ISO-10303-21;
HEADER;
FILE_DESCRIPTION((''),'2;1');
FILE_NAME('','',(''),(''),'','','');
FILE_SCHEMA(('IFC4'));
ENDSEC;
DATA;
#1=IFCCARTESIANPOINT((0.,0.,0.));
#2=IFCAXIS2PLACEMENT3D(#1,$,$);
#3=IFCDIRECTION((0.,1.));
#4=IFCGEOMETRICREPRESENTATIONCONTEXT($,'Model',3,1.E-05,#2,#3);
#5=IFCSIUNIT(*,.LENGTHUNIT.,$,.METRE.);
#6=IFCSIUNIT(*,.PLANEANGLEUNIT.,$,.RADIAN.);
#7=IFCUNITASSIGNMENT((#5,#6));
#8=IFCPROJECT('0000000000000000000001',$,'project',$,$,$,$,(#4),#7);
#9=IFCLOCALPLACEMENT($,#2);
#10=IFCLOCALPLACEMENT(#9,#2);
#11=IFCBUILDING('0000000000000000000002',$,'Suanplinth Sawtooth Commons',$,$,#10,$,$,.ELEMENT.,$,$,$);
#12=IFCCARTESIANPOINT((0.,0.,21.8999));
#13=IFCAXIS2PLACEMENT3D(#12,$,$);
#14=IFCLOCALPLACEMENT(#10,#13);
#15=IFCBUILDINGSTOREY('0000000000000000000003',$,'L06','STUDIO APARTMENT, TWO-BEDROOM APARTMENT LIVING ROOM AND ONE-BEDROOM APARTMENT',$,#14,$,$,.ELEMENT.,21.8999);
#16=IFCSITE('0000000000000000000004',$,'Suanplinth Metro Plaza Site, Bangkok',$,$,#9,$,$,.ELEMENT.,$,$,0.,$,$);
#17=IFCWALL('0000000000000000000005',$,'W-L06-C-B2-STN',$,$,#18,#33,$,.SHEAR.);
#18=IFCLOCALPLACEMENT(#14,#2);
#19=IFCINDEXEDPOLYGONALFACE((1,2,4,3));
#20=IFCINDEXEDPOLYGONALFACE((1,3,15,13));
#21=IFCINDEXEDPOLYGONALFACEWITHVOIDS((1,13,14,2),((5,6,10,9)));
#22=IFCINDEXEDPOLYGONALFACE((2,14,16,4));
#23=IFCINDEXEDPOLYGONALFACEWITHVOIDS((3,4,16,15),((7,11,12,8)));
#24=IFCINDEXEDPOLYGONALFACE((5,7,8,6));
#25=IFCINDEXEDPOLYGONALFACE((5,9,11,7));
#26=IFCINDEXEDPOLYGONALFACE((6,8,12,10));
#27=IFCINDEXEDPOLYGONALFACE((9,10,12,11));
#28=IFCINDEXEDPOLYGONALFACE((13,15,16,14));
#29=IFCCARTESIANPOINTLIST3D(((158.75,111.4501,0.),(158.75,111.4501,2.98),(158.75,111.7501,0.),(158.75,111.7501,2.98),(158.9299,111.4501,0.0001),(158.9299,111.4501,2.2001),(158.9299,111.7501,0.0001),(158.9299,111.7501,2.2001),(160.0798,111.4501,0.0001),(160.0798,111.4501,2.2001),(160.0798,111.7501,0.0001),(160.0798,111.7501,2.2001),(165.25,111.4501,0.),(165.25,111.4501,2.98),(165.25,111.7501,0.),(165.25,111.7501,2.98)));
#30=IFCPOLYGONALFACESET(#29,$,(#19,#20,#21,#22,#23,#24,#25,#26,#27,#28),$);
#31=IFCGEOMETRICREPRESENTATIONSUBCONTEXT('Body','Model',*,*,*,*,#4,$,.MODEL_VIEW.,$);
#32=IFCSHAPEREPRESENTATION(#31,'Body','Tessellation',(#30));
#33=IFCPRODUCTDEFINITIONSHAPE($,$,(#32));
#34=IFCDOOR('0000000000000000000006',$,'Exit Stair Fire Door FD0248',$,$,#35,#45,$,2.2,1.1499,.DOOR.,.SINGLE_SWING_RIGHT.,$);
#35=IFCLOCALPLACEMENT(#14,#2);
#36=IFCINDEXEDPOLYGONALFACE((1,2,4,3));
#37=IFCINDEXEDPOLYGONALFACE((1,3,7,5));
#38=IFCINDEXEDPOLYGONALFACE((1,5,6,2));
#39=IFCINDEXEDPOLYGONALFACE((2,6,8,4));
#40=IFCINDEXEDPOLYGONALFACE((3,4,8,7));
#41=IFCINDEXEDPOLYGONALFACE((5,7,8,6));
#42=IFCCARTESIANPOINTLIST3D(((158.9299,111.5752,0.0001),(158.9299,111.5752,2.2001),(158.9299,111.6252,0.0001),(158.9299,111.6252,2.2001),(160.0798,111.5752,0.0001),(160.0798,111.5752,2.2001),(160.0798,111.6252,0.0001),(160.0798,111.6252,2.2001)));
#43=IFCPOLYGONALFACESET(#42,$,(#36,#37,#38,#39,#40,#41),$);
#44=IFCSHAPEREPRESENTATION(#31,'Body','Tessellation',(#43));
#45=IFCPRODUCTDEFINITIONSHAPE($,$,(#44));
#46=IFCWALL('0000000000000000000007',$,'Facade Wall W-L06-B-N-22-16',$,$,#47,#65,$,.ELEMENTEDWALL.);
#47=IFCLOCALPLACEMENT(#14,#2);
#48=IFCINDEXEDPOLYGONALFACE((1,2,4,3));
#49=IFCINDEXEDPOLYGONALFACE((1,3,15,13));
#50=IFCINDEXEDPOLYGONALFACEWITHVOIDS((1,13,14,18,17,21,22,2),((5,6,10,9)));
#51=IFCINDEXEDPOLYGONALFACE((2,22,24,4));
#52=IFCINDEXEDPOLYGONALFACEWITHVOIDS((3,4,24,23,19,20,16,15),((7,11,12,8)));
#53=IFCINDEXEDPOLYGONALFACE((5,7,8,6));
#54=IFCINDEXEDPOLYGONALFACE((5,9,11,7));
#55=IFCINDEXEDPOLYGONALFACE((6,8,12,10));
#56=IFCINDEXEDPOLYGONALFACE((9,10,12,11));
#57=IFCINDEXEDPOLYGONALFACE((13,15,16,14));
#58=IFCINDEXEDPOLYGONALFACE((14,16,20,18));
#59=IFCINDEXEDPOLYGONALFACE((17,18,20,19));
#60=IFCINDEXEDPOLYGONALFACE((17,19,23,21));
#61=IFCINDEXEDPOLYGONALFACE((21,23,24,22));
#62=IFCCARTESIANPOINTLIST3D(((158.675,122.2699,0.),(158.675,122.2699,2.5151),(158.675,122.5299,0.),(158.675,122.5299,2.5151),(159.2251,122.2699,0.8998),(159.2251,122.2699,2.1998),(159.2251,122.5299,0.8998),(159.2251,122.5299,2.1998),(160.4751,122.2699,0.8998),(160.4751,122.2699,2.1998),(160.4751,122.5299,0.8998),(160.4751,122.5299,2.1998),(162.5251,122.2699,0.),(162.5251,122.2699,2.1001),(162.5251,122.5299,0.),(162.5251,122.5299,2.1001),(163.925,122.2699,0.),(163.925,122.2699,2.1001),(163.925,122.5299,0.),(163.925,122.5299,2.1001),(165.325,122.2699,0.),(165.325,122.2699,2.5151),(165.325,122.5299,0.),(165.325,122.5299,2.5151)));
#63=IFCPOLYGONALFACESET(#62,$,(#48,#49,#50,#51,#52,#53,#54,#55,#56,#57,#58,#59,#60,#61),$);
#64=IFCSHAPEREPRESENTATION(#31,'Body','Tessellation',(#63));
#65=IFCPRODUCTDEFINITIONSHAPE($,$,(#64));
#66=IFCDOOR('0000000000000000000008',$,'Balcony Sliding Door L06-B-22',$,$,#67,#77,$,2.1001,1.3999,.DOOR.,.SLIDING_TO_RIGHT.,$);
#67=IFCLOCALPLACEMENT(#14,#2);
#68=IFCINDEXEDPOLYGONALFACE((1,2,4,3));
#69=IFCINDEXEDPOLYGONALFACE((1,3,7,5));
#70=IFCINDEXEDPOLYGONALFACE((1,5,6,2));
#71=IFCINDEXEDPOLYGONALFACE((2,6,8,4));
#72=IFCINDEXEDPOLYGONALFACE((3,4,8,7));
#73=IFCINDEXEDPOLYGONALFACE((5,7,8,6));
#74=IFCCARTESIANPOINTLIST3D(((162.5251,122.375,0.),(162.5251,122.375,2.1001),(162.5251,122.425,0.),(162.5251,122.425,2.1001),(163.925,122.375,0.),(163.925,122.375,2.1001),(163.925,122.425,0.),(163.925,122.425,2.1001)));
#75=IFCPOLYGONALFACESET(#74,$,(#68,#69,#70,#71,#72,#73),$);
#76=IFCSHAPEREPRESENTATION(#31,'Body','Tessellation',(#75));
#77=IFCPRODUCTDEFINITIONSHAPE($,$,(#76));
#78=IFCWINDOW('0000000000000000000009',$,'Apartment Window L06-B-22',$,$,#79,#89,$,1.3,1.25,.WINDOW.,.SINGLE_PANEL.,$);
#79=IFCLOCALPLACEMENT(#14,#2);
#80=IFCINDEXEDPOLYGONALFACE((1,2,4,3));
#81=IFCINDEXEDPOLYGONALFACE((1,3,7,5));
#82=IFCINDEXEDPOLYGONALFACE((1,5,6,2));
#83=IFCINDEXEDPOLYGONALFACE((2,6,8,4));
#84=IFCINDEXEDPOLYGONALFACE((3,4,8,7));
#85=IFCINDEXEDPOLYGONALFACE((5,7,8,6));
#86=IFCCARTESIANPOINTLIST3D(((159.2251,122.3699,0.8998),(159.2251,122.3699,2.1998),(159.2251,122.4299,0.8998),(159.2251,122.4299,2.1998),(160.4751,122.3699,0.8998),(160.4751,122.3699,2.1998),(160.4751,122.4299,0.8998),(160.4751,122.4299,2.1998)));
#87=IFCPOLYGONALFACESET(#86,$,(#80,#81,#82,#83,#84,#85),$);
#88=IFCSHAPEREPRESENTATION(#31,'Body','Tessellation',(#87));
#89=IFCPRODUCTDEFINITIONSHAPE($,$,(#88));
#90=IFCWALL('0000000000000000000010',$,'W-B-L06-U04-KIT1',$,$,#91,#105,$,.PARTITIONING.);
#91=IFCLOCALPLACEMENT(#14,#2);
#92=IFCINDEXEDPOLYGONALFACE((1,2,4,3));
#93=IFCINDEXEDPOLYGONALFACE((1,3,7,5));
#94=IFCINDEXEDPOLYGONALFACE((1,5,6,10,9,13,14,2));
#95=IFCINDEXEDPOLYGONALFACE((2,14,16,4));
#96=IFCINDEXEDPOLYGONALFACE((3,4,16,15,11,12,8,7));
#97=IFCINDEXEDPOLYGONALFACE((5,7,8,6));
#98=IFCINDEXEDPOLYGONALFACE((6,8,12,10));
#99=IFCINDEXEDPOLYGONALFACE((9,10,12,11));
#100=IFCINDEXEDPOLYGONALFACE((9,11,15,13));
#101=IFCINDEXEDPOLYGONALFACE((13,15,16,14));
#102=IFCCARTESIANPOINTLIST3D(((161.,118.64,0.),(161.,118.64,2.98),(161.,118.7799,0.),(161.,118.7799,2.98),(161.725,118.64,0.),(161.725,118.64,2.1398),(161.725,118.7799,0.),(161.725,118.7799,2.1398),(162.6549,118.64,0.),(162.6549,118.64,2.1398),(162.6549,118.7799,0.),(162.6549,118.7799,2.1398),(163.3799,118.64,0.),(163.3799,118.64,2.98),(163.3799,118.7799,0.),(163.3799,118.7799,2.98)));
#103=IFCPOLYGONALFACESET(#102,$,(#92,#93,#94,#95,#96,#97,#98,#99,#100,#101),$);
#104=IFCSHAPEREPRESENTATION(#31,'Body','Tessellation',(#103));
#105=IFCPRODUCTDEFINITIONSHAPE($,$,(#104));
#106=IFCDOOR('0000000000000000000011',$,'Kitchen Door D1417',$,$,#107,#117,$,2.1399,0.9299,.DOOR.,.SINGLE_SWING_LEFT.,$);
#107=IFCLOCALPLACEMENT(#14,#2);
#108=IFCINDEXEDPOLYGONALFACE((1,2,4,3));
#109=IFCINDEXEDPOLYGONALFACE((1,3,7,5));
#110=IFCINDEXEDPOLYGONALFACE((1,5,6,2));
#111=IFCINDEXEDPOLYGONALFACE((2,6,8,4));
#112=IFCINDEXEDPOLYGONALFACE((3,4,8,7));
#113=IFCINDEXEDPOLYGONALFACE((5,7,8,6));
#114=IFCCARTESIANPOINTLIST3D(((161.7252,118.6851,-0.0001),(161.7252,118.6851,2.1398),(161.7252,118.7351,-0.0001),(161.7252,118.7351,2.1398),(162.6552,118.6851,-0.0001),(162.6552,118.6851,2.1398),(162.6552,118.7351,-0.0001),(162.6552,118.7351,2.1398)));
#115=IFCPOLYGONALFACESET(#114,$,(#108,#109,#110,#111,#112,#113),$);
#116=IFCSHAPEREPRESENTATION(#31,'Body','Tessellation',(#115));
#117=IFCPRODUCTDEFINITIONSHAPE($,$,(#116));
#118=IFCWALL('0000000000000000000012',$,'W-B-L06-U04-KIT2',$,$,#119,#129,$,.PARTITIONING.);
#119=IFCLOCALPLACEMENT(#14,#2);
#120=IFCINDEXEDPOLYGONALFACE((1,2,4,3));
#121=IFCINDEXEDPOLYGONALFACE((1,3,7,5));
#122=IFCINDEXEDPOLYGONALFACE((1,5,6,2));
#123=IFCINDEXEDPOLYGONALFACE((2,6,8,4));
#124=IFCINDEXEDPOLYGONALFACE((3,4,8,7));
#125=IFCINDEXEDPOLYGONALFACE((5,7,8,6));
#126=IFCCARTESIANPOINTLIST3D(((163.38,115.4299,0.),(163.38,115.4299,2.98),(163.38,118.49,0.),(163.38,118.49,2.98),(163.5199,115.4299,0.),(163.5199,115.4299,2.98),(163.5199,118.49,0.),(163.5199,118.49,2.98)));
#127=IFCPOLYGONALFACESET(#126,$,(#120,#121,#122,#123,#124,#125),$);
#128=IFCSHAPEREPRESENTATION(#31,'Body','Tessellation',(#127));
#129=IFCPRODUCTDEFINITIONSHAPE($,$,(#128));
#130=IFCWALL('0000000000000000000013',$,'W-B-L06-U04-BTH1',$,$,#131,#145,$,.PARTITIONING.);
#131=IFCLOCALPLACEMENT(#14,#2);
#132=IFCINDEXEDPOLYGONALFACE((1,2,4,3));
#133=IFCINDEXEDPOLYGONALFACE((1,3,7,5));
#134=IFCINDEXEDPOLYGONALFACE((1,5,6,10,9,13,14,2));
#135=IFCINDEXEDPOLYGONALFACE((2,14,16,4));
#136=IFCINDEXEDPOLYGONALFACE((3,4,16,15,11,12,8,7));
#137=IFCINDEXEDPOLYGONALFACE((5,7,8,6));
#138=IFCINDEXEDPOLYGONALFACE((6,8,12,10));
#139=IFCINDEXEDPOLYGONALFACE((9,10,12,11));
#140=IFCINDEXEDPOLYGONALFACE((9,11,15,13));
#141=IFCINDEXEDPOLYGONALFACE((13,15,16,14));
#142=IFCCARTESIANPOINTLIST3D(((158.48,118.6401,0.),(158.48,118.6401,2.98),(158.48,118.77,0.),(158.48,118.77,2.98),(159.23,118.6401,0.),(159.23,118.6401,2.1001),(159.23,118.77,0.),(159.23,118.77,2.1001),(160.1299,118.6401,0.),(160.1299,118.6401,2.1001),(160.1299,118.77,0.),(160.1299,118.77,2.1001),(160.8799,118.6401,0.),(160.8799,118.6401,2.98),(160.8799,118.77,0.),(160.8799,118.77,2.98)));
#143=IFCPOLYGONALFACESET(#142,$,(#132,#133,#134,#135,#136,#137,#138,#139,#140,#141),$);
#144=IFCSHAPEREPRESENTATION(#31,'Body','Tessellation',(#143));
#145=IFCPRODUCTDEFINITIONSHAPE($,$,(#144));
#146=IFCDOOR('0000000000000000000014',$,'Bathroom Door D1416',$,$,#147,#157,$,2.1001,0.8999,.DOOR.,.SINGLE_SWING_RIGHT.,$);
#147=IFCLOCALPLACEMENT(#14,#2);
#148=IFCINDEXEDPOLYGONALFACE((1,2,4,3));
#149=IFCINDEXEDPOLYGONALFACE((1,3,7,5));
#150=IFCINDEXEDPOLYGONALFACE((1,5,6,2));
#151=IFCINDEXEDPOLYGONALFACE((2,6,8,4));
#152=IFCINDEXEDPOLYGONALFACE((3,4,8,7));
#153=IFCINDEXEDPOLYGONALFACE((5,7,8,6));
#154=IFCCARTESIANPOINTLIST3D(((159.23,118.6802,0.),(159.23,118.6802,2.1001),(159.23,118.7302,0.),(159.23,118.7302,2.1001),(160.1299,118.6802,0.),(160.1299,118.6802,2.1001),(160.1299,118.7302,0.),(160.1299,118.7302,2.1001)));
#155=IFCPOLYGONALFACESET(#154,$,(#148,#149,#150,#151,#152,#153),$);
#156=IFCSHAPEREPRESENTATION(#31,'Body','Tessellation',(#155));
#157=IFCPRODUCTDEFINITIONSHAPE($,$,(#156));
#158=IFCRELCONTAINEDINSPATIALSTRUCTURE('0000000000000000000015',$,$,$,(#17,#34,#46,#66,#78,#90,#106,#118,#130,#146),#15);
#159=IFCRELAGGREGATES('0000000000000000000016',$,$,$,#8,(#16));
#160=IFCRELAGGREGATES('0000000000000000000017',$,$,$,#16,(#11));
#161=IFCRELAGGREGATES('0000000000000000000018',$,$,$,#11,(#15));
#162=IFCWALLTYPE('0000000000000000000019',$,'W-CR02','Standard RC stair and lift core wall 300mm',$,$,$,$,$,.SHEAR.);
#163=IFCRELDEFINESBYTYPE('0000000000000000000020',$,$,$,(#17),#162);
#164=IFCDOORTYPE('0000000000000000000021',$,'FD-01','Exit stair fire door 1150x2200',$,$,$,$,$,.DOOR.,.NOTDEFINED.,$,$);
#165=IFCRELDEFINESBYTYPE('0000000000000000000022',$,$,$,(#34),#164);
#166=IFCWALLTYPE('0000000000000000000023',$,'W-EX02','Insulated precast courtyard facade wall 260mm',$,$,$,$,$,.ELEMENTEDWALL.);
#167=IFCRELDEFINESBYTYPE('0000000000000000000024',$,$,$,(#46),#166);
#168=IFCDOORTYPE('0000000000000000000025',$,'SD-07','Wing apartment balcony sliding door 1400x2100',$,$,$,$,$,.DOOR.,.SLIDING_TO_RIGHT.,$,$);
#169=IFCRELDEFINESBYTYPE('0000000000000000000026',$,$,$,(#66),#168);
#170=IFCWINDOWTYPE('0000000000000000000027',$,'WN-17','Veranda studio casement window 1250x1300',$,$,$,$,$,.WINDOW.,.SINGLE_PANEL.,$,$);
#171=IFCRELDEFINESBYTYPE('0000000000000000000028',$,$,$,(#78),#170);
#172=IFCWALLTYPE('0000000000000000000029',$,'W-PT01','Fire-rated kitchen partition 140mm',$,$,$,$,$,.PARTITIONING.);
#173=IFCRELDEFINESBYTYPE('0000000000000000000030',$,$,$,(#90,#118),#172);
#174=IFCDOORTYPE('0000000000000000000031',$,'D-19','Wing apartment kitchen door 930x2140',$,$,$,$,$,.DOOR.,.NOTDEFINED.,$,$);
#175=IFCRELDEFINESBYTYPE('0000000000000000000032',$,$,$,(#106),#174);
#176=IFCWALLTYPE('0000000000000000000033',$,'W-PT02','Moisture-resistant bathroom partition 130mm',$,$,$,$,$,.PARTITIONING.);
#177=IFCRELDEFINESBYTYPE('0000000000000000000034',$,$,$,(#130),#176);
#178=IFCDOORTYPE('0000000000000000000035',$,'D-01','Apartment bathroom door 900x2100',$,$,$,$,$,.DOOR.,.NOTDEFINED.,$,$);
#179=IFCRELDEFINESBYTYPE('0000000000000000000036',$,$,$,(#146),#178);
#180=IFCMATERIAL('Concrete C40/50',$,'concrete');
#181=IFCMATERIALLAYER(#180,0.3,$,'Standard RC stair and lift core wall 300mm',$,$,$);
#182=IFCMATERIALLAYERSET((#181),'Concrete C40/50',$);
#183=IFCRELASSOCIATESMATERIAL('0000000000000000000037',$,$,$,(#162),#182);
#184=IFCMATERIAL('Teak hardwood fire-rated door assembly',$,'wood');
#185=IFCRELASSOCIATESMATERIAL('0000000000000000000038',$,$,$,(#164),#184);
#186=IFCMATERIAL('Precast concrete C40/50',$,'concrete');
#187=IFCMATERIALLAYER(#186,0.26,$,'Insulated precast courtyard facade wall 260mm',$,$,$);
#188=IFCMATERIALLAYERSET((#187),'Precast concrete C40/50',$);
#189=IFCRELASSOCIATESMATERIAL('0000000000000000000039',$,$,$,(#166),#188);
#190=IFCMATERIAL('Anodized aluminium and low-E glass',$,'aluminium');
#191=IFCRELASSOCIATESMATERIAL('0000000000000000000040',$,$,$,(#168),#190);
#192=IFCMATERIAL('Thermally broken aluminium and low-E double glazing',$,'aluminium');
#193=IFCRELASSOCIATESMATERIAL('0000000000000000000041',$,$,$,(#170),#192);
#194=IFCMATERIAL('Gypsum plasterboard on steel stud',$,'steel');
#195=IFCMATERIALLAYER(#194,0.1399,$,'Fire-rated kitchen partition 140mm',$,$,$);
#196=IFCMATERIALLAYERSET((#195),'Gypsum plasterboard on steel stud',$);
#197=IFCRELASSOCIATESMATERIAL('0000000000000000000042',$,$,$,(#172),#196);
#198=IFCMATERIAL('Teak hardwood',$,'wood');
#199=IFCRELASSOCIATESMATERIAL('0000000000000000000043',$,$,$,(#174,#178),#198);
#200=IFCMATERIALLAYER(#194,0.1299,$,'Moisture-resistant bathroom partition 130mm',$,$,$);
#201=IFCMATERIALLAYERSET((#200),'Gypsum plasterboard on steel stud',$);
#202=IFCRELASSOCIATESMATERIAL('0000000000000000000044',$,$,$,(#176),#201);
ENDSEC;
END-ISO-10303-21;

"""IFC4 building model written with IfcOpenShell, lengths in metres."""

from ifc_helpers import new_model, si_unit, direction, frame, frame_2d, origin, place, context, subcontext, project, spatial, rectangle, extrude, material, layer, layer_set, type_object, element, fill, save


model = new_model("IFC4")

# Units and contexts
model_context = context("Model", 3, precision=1e-05, world=origin(), true_north=direction((0.0, 1.0)))
body_context = subcontext(model_context, "Body", "Model", "MODEL_VIEW")
ifc_project = project(units=[si_unit("LENGTHUNIT", "METRE"), si_unit("PLANEANGLEUNIT", "RADIAN")], contexts=[model_context])

# Site, building, storey
site_placement = place(None, origin())
site = spatial("IfcSite", under=ifc_project, at=site_placement, Name="Suanplinth Metro Plaza Site, Bangkok", CompositionType="ELEMENT", RefElevation=0.0)
building_placement = place(site_placement, origin())
building = spatial("IfcBuilding", under=site, at=building_placement, Name="Suanplinth Sawtooth Commons", CompositionType="ELEMENT")
storey_placement = place(building_placement, frame((0.0, 0.0, 21.8999)))
storey = spatial("IfcBuildingStorey", under=building, at=storey_placement, Name="L06", Description="STUDIO APARTMENT, TWO-BEDROOM APARTMENT LIVING ROOM AND ONE-BEDROOM APARTMENT", CompositionType="ELEMENT", Elevation=21.8999)

# Shared definitions
ifc_material_1 = material(Name="Precast concrete C40/50", Category="concrete")

# Wall, opening, door
ifc_material_2 = material(Name="Concrete C40/50", Category="concrete")
ifc_layer_1 = layer(ifc_material_2, 0.3, Name="Standard RC stair and lift core wall 300mm")
ifc_layer_set_1 = layer_set([ifc_layer_1], Name="Concrete C40/50")
wall_type_1 = type_object("IfcWallType", Name="W-CR02", Description="Standard RC stair and lift core wall 300mm", PredefinedType="SHEAR", material=ifc_layer_set_1)
wall_1_placement = place(storey_placement, frame((158.75, 111.6001, 0.0), z_axis=(0.0, 0.0, 1.0), x_axis=(1.0, 0.0, 0.0)))
wall_1 = element("IfcWall", 1, at=wall_1_placement, inside=storey, type_object=wall_type_1, Name="W-L06-C-B2-STN", PredefinedType="SHEAR", context=body_context, shape_type="SweptSolid", body=[
    extrude(rectangle(XDim=6.5, YDim=0.3, at=frame_2d((3.25, 0.0))), origin(), (0.0, 0.0, 1.0), 2.98),
])
opening_1_placement = place(wall_1_placement, frame((0.1799, 0.0, 0.0)))
opening_1 = element("IfcOpeningElement", 2, at=opening_1_placement, cuts=wall_1, PredefinedType="OPENING", context=body_context, shape_type="SweptSolid", body=[
    extrude(rectangle(XDim=1.1499, YDim=2.2, at=frame_2d((0.575, 1.1001))), frame((0.0, 0.165, 0.0), z_axis=(0.0, -1.0, 0.0), x_axis=(1.0, 0.0, 0.0)), (0.0, 0.0, 1.0), 0.3298),
])
ifc_material_3 = material(Name="Teak hardwood fire-rated door assembly", Category="wood")
door_type_1 = type_object("IfcDoorType", Name="FD-01", Description="Exit stair fire door 1150x2200", OperationType="NOTDEFINED", PredefinedType="DOOR", material=ifc_material_3)
door_1_placement = place(opening_1_placement, frame((1.1499, 0.0, 0.0), z_axis=(0.0, 0.0, 1.0), x_axis=(-1.0, 0.0, 0.0)))
door_1 = element("IfcDoor", 3, at=door_1_placement, inside=storey, type_object=door_type_1, Name="Exit Stair Fire Door FD0248", OperationType="SINGLE_SWING_RIGHT", OverallHeight=2.2, OverallWidth=1.1499, PredefinedType="DOOR", context=body_context, shape_type="SweptSolid", body=[
    extrude(rectangle(XDim=1.1499, YDim=2.2, at=frame_2d((0.575, 1.1001))), frame((0.0, 0.0249, 0.0), z_axis=(0.0, -1.0, 0.0), x_axis=(1.0, 0.0, 0.0)), (0.0, 0.0, 1.0), 0.05),
])
fill(opening_1, door_1)

# Wall, openings, door, window
ifc_layer_2 = layer(ifc_material_1, 0.26, Name="Insulated precast courtyard facade wall 260mm")
ifc_layer_set_2 = layer_set([ifc_layer_2], Name="Precast concrete C40/50")
wall_type_2 = type_object("IfcWallType", Name="W-EX02", Description="Insulated precast courtyard facade wall 260mm", PredefinedType="ELEMENTEDWALL", material=ifc_layer_set_2)
wall_2_placement = place(storey_placement, frame((158.675, 122.3999, 0.0), z_axis=(0.0, 0.0, 1.0), x_axis=(1.0, 0.0, 0.0)))
wall_2 = element("IfcWall", 4, at=wall_2_placement, inside=storey, type_object=wall_type_2, Name="Facade Wall W-L06-B-N-22-16", PredefinedType="ELEMENTEDWALL", context=body_context, shape_type="SweptSolid", body=[
    extrude(rectangle(XDim=6.6499, YDim=0.26, at=frame_2d((3.325, 0.0))), origin(), (0.0, 0.0, 1.0), 2.5151),
])
opening_2_placement = place(wall_2_placement, frame((3.8501, 0.0, 0.0)))
opening_2 = element("IfcOpeningElement", 5, at=opening_2_placement, cuts=wall_2, PredefinedType="OPENING", context=body_context, shape_type="SweptSolid", body=[
    extrude(rectangle(XDim=1.3999, YDim=2.1001, at=frame_2d((0.7, 1.05))), frame((0.0, 0.145, 0.0), z_axis=(0.0, -1.0, 0.0), x_axis=(1.0, 0.0, 0.0)), (0.0, 0.0, 1.0), 0.2898),
])
opening_3_placement = place(wall_2_placement, frame((0.55, 0.0, 0.8999)))
opening_3 = element("IfcOpeningElement", 6, at=opening_3_placement, cuts=wall_2, PredefinedType="OPENING", context=body_context, shape_type="SweptSolid", body=[
    extrude(rectangle(XDim=1.25, YDim=1.3, at=frame_2d((0.625, 0.6499))), frame((0.0, 0.145, 0.0), z_axis=(0.0, -1.0, 0.0), x_axis=(1.0, 0.0, 0.0)), (0.0, 0.0, 1.0), 0.2898),
])
ifc_material_4 = material(Name="Anodized aluminium and low-E glass", Category="aluminium")
door_type_2 = type_object("IfcDoorType", Name="SD-07", Description="Wing apartment balcony sliding door 1400x2100", OperationType="SLIDING_TO_RIGHT", PredefinedType="DOOR", material=ifc_material_4)
door_2_placement = place(opening_2_placement, frame((1.3999, 0.0, 0.0), z_axis=(0.0, 0.0, 1.0), x_axis=(-1.0, 0.0, 0.0)))
door_2 = element("IfcDoor", 7, at=door_2_placement, inside=storey, type_object=door_type_2, Name="Balcony Sliding Door L06-B-22", OperationType="SLIDING_TO_RIGHT", OverallHeight=2.1001, OverallWidth=1.3999, PredefinedType="DOOR", context=body_context, shape_type="SweptSolid", body=[
    extrude(rectangle(XDim=1.3999, YDim=2.1001, at=frame_2d((0.7, 1.05))), frame((0.0, 0.0249, 0.0), z_axis=(0.0, -1.0, 0.0), x_axis=(1.0, 0.0, 0.0)), (0.0, 0.0, 1.0), 0.05),
])
fill(opening_2, door_2)
ifc_material_5 = material(Name="Thermally broken aluminium and low-E double glazing", Category="aluminium")
window_type = type_object("IfcWindowType", Name="WN-17", Description="Veranda studio casement window 1250x1300", PartitioningType="SINGLE_PANEL", PredefinedType="WINDOW", material=ifc_material_5)
window_placement = place(opening_3_placement, origin())
window = element("IfcWindow", 8, at=window_placement, inside=storey, type_object=window_type, Name="Apartment Window L06-B-22", OverallHeight=1.3, OverallWidth=1.25, PartitioningType="SINGLE_PANEL", PredefinedType="WINDOW", context=body_context, shape_type="SweptSolid", body=[
    extrude(rectangle(XDim=1.25, YDim=1.3, at=frame_2d((0.625, 0.6499))), frame((0.0, 0.03, 0.0), z_axis=(0.0, -1.0, 0.0), x_axis=(1.0, 0.0, 0.0)), (0.0, 0.0, 1.0), 0.0601),
])
fill(opening_3, window)

# Wall, opening, door
ifc_material_6 = material(Name="Gypsum plasterboard on steel stud", Category="steel")
ifc_layer_3 = layer(ifc_material_6, 0.1399, Name="Fire-rated kitchen partition 140mm")
ifc_layer_set_3 = layer_set([ifc_layer_3], Name="Gypsum plasterboard on steel stud")
wall_type_3 = type_object("IfcWallType", Name="W-PT01", Description="Fire-rated kitchen partition 140mm", PredefinedType="PARTITIONING", material=ifc_layer_set_3)
wall_3_placement = place(storey_placement, frame((161.0, 118.71, 0.0), z_axis=(0.0, 0.0, 1.0), x_axis=(1.0, 0.0, 0.0)))
wall_3 = element("IfcWall", 9, at=wall_3_placement, inside=storey, type_object=wall_type_3, Name="W-B-L06-U04-KIT1", PredefinedType="PARTITIONING", context=body_context, shape_type="SweptSolid", body=[
    extrude(rectangle(XDim=2.3799, YDim=0.1399, at=frame_2d((1.1899, 0.0))), origin(), (0.0, 0.0, 1.0), 2.98),
])
opening_4_placement = place(wall_3_placement, frame((0.7251, 0.0, 0.0)))
opening_4 = element("IfcOpeningElement", 10, at=opening_4_placement, cuts=wall_3, PredefinedType="OPENING", context=body_context, shape_type="SweptSolid", body=[
    extrude(rectangle(XDim=0.9299, YDim=2.1399, at=frame_2d((0.4648, 1.0698))), frame((0.0, 0.085, 0.0), z_axis=(0.0, -1.0, 0.0), x_axis=(1.0, 0.0, 0.0)), (0.0, 0.0, 1.0), 0.1697),
])
ifc_material_7 = material(Name="Teak hardwood", Category="wood")
door_type_3 = type_object("IfcDoorType", Name="D-19", Description="Wing apartment kitchen door 930x2140", OperationType="NOTDEFINED", PredefinedType="DOOR", material=ifc_material_7)
door_3_placement = place(opening_4_placement, frame((0.9299, 0.0, 0.0), z_axis=(0.0, 0.0, 1.0), x_axis=(-1.0, 0.0, 0.0)))
door_3 = element("IfcDoor", 11, at=door_3_placement, inside=storey, type_object=door_type_3, Name="Kitchen Door D1417", OperationType="SINGLE_SWING_LEFT", OverallHeight=2.1399, OverallWidth=0.9299, PredefinedType="DOOR", context=body_context, shape_type="SweptSolid", body=[
    extrude(rectangle(XDim=0.9299, YDim=2.1399, at=frame_2d((0.4648, 1.0698))), frame((0.0, 0.0249, 0.0), z_axis=(0.0, -1.0, 0.0), x_axis=(1.0, 0.0, 0.0)), (0.0, 0.0, 1.0), 0.05),
])
fill(opening_4, door_3)

# Wall
wall_4_placement = place(storey_placement, frame((163.45, 115.4299, 0.0), z_axis=(0.0, 0.0, 1.0), x_axis=(0.0, 1.0, 0.0)))
element("IfcWall", 12, at=wall_4_placement, inside=storey, type_object=wall_type_3, Name="W-B-L06-U04-KIT2", PredefinedType="PARTITIONING", context=body_context, shape_type="SweptSolid", body=[
    extrude(rectangle(XDim=3.0601, YDim=0.1399, at=frame_2d((1.53, 0.0))), origin(), (0.0, 0.0, 1.0), 2.98),
])

# Wall, opening, door
ifc_layer_4 = layer(ifc_material_6, 0.1299, Name="Moisture-resistant bathroom partition 130mm")
ifc_layer_set_4 = layer_set([ifc_layer_4], Name="Gypsum plasterboard on steel stud")
wall_type_4 = type_object("IfcWallType", Name="W-PT02", Description="Moisture-resistant bathroom partition 130mm", PredefinedType="PARTITIONING", material=ifc_layer_set_4)
wall_5_placement = place(storey_placement, frame((158.48, 118.7051, 0.0), z_axis=(0.0, 0.0, 1.0), x_axis=(1.0, 0.0, 0.0)))
wall_5 = element("IfcWall", 13, at=wall_5_placement, inside=storey, type_object=wall_type_4, Name="W-B-L06-U04-BTH1", PredefinedType="PARTITIONING", context=body_context, shape_type="SweptSolid", body=[
    extrude(rectangle(XDim=2.3999, YDim=0.1299, at=frame_2d((1.2, 0.0))), origin(), (0.0, 0.0, 1.0), 2.98),
])
opening_5_placement = place(wall_5_placement, frame((0.75, 0.0, 0.0)))
opening_5 = element("IfcOpeningElement", 14, at=opening_5_placement, cuts=wall_5, PredefinedType="OPENING", context=body_context, shape_type="SweptSolid", body=[
    extrude(rectangle(XDim=0.8999, YDim=2.1001, at=frame_2d((0.45, 1.05))), frame((0.0, 0.0798, 0.0), z_axis=(0.0, -1.0, 0.0), x_axis=(1.0, 0.0, 0.0)), (0.0, 0.0, 1.0), 0.1597),
])
door_type_4 = type_object("IfcDoorType", Name="D-01", Description="Apartment bathroom door 900x2100", OperationType="NOTDEFINED", PredefinedType="DOOR", material=ifc_material_7)
door_4_placement = place(opening_5_placement, frame((0.8999, 0.0, 0.0), z_axis=(0.0, 0.0, 1.0), x_axis=(-1.0, 0.0, 0.0)))
door_4 = element("IfcDoor", 15, at=door_4_placement, inside=storey, type_object=door_type_4, Name="Bathroom Door D1416", OperationType="SINGLE_SWING_RIGHT", OverallHeight=2.1001, OverallWidth=0.8999, PredefinedType="DOOR", context=body_context, shape_type="SweptSolid", body=[
    extrude(rectangle(XDim=0.8999, YDim=2.1001, at=frame_2d((0.45, 1.05))), frame((0.0, 0.0249, 0.0), z_axis=(0.0, -1.0, 0.0), x_axis=(1.0, 0.0, 0.0)), (0.0, 0.0, 1.0), 0.05),
])
fill(opening_5, door_4)

save(model, "model.ifc")
